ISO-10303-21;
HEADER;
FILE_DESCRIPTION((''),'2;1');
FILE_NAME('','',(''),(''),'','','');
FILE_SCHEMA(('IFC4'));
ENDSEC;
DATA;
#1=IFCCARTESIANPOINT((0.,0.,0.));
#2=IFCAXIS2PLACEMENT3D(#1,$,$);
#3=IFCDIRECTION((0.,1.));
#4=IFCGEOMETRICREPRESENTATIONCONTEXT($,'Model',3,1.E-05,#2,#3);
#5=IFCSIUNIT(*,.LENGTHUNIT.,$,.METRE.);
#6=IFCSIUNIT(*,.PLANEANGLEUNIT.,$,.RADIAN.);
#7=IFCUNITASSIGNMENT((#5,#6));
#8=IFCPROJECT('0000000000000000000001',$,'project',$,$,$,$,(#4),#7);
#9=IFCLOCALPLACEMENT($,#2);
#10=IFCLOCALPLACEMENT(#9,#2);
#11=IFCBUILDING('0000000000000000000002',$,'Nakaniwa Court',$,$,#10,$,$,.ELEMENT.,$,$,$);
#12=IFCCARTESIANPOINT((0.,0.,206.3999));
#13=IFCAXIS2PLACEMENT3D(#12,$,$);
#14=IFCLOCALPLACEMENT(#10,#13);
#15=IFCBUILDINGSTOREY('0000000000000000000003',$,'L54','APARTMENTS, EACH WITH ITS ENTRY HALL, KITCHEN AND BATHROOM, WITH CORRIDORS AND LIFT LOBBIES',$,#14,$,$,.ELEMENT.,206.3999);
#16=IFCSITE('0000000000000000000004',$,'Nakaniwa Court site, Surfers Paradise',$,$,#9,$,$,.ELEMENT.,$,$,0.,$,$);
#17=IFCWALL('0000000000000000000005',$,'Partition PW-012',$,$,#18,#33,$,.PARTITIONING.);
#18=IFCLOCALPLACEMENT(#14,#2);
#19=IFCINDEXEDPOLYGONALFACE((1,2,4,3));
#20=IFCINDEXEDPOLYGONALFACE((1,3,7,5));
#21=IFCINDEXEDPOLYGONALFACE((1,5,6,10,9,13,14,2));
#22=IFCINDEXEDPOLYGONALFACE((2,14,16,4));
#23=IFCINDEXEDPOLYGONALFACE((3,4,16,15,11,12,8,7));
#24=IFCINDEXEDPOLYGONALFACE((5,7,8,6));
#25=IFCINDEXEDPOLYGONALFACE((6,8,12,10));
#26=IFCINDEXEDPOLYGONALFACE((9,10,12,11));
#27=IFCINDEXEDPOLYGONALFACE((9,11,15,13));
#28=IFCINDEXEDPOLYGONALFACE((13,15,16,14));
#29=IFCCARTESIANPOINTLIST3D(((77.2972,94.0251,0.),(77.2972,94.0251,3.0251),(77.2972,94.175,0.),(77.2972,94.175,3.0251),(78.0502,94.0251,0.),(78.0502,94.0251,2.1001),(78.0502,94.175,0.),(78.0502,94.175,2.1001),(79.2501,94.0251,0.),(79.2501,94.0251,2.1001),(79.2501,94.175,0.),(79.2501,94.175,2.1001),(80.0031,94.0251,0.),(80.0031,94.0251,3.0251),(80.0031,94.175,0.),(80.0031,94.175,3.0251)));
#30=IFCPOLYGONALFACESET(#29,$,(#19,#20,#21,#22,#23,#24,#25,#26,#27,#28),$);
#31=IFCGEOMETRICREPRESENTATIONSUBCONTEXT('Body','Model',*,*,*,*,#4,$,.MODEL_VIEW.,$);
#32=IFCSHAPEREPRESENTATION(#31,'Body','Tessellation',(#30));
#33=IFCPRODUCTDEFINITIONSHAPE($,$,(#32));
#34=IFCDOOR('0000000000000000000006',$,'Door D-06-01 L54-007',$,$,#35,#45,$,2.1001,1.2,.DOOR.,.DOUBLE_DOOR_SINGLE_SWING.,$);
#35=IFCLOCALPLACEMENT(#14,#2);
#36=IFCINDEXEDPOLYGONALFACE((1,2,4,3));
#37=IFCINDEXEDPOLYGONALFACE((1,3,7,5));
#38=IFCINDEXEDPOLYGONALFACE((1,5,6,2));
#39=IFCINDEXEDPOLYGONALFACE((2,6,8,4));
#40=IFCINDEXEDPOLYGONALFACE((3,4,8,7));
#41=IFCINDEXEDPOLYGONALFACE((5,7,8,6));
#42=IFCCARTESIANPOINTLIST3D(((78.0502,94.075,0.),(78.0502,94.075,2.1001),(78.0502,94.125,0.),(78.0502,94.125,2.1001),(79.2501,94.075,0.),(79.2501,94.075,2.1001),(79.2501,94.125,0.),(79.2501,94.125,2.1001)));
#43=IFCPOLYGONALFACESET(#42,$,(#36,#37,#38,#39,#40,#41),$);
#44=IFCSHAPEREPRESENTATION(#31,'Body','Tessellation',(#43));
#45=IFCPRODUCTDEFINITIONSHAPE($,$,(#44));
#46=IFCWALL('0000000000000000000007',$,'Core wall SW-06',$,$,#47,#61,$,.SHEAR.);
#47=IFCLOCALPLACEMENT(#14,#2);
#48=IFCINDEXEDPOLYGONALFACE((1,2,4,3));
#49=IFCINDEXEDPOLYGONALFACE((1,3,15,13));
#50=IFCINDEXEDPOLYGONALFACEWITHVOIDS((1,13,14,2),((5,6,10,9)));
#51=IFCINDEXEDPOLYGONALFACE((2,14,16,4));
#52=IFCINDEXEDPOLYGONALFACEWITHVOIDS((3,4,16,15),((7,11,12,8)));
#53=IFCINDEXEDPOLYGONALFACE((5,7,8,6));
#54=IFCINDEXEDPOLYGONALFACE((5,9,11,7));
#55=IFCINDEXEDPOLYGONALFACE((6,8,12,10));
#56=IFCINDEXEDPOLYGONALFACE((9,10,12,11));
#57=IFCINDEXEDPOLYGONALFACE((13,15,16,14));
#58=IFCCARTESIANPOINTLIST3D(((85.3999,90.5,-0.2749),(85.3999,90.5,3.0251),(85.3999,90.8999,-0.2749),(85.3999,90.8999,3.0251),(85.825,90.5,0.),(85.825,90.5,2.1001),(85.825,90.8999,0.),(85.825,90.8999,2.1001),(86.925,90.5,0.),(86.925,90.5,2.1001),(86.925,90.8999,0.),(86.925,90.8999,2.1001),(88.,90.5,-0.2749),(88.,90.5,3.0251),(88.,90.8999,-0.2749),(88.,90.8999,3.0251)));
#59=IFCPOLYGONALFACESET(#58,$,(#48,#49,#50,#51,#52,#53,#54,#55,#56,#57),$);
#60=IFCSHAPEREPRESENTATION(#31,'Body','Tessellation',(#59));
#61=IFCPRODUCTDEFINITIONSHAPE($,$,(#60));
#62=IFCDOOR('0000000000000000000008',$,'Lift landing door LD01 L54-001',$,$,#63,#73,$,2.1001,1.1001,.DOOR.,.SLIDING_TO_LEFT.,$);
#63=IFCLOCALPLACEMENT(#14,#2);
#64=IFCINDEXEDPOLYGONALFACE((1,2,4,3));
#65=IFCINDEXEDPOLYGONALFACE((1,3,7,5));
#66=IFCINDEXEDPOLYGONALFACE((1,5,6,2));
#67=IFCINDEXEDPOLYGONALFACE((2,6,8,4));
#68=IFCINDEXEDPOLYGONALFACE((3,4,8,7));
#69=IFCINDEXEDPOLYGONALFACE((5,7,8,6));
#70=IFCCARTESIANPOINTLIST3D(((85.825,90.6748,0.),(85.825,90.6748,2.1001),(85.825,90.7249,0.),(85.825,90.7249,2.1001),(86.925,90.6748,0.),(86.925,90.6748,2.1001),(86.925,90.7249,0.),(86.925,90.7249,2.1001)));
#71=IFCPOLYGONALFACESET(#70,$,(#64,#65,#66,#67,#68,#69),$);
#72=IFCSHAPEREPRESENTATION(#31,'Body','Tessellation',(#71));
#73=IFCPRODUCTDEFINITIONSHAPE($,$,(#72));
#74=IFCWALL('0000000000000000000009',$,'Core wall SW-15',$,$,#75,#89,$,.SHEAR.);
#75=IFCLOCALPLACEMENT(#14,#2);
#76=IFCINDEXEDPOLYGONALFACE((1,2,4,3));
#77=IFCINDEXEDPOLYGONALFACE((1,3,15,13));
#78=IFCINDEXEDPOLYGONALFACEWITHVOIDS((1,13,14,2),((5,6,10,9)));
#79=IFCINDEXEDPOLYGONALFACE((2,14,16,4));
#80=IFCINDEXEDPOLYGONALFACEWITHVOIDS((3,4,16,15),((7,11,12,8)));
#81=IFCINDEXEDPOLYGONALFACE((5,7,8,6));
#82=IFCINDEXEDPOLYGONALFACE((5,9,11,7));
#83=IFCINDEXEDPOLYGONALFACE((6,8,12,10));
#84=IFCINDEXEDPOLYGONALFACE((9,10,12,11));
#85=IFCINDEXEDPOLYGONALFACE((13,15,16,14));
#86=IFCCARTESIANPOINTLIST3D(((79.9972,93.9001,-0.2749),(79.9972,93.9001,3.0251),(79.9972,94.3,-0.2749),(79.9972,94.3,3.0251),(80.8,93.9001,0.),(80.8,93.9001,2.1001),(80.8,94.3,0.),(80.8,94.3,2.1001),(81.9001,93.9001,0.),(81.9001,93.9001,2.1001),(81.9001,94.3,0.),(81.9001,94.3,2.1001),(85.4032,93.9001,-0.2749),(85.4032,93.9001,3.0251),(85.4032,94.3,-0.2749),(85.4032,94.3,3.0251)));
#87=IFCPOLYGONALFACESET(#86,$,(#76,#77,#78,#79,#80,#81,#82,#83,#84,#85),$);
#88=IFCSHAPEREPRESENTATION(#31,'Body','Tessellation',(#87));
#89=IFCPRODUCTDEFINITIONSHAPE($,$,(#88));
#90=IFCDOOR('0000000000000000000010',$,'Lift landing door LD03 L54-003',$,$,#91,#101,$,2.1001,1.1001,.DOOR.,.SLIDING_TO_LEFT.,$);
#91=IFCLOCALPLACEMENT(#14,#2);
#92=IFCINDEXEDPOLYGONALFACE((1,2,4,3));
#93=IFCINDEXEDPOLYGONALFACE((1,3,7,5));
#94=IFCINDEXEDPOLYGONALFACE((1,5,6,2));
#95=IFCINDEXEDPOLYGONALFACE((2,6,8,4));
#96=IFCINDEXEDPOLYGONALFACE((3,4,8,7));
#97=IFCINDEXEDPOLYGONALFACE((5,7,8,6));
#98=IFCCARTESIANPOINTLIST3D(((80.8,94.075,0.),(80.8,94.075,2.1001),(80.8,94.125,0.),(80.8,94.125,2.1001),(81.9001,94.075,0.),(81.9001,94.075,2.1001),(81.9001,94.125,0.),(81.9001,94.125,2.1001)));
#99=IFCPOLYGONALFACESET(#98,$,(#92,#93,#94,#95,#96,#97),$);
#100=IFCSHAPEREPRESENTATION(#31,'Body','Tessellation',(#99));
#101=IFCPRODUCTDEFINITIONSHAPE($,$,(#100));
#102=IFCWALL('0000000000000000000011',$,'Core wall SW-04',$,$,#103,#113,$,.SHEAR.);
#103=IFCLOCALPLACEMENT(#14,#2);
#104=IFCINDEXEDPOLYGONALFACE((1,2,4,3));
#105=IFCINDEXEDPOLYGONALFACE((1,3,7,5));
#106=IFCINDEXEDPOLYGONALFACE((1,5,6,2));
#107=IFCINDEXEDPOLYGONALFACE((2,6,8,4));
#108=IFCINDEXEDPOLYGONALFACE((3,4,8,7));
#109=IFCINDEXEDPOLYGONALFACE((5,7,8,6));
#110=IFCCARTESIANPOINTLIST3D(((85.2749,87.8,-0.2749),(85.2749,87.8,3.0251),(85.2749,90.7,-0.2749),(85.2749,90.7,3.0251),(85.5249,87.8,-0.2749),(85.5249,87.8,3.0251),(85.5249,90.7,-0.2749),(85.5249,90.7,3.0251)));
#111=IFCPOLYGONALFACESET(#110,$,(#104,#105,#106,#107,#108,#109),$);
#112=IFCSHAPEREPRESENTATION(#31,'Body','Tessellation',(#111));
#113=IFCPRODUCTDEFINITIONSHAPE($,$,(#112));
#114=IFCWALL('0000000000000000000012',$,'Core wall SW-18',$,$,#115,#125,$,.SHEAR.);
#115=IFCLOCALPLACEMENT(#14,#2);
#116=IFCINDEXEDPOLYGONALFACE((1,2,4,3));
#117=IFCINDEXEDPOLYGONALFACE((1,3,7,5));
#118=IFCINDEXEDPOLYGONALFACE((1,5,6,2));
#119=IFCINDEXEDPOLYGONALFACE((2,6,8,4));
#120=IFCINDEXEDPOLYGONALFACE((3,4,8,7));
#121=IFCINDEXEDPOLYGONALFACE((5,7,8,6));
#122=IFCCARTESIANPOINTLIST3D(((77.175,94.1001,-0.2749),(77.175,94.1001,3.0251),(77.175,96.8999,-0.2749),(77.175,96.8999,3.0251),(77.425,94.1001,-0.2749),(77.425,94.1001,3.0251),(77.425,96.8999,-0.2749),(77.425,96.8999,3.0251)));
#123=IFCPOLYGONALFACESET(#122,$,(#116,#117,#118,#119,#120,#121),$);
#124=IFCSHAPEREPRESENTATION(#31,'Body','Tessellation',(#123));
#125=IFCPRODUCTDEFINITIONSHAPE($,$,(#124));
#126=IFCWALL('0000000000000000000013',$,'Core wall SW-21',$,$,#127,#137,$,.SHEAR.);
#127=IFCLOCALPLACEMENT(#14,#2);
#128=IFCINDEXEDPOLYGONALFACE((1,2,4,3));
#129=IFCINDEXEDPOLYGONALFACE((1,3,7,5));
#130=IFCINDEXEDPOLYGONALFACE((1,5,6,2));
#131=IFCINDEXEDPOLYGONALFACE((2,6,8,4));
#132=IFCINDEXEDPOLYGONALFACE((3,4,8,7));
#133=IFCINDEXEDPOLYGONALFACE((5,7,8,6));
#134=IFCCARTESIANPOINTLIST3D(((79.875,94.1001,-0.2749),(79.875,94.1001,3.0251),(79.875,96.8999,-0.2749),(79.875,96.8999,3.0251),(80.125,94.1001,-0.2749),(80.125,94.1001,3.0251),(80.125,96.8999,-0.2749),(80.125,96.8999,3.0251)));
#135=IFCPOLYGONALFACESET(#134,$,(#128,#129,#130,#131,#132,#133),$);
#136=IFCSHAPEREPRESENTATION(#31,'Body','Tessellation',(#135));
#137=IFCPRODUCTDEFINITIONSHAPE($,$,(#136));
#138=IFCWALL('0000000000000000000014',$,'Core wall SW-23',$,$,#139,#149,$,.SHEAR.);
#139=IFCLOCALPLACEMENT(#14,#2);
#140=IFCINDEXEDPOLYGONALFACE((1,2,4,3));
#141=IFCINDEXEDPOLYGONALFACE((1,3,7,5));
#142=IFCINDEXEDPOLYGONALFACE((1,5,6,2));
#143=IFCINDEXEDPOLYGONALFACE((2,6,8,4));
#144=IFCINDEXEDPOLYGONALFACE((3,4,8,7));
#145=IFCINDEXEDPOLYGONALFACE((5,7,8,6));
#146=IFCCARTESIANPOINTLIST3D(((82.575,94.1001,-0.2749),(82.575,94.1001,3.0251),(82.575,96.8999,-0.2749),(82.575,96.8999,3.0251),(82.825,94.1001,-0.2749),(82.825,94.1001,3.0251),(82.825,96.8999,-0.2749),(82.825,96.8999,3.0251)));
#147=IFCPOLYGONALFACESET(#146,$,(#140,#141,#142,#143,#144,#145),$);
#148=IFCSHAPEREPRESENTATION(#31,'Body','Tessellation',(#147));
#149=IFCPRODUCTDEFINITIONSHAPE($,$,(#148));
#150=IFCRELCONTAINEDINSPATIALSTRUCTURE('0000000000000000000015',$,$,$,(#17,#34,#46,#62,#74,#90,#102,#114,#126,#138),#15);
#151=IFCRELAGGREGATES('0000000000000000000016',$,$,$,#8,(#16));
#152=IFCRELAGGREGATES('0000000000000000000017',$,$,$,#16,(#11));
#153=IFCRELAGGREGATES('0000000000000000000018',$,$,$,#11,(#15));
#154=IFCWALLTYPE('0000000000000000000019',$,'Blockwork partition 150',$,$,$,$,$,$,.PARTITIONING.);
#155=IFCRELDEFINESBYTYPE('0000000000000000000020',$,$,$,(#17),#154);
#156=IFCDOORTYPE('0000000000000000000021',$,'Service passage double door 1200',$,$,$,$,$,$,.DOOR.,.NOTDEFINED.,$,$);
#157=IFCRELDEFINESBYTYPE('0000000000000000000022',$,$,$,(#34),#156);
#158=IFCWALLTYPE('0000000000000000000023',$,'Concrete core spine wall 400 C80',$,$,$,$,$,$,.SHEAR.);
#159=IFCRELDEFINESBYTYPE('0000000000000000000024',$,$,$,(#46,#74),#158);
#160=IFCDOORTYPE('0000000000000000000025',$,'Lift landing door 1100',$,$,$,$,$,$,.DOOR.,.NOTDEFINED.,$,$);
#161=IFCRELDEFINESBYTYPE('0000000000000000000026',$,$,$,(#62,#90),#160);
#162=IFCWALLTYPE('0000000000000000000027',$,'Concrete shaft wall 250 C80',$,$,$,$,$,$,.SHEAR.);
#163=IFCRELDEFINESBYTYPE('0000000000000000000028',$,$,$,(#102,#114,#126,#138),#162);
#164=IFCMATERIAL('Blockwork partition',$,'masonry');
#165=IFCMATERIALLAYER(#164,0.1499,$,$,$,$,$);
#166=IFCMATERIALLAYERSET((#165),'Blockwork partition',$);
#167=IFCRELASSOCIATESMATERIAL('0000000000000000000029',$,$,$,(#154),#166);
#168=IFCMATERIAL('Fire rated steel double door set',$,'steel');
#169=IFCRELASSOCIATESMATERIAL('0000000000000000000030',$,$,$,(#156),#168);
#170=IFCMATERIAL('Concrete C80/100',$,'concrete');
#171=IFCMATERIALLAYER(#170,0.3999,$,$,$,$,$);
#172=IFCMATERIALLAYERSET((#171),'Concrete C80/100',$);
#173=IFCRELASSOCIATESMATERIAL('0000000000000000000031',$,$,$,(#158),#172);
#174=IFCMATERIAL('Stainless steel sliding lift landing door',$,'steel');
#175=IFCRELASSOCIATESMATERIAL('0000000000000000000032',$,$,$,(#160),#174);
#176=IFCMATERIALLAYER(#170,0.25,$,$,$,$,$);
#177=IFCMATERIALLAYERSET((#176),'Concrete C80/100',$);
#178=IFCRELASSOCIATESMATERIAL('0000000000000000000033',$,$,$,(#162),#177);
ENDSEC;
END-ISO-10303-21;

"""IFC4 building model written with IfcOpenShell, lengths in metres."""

from ifc_helpers import new_model, si_unit, direction, frame, frame_2d, origin, place, context, subcontext, project, spatial, rectangle, extrude, material, layer, layer_set, type_object, element, fill, save


model = new_model("IFC4")

# Units and contexts
model_context = context("Model", 3, precision=1e-05, world=origin(), true_north=direction((0.0, 1.0)))
body_context = subcontext(model_context, "Body", "Model", "MODEL_VIEW")
ifc_project = project(units=[si_unit("LENGTHUNIT", "METRE"), si_unit("PLANEANGLEUNIT", "RADIAN")], contexts=[model_context])

# Site, building, storey
site_placement = place(None, origin())
site = spatial("IfcSite", under=ifc_project, at=site_placement, Name="Nakaniwa Court site, Surfers Paradise", CompositionType="ELEMENT", RefElevation=0.0)
building_placement = place(site_placement, origin())
building = spatial("IfcBuilding", under=site, at=building_placement, Name="Nakaniwa Court", CompositionType="ELEMENT")
storey_placement = place(building_placement, frame((0.0, 0.0, 206.3999)))
storey = spatial("IfcBuildingStorey", under=building, at=storey_placement, Name="L54", Description="APARTMENTS, EACH WITH ITS ENTRY HALL, KITCHEN AND BATHROOM, WITH CORRIDORS AND LIFT LOBBIES", CompositionType="ELEMENT", Elevation=206.3999)

# Shared definitions
ifc_material_1 = material(Name="Blockwork partition", Category="masonry")
ifc_layer_1 = layer(ifc_material_1, 0.1499)
ifc_layer_set_1 = layer_set([ifc_layer_1], Name="Blockwork partition")
wall_type_1 = type_object("IfcWallType", Name="Blockwork partition 150", PredefinedType="PARTITIONING", material=ifc_layer_set_1)

# Walls, openings, doors
wall_1_placement = place(storey_placement, frame((77.2971, 94.1001, 0.0), z_axis=(0.0, 0.0, 1.0), x_axis=(1.0, 0.0, 0.0)))
wall_1 = element("IfcWall", 1, at=wall_1_placement, inside=storey, type_object=wall_type_1, Name="Partition PW-012", PredefinedType="PARTITIONING", context=body_context, shape_type="SweptSolid", body=[
    extrude(rectangle(XDim=2.7058, YDim=0.1499, at=frame_2d((1.353, 0.0))), origin(), (0.0, 0.0, 1.0), 3.0251),
])
opening_1_placement = place(wall_1_placement, frame((0.7529, 0.0, 0.0)))
opening_1 = element("IfcOpeningElement", 2, at=opening_1_placement, cuts=wall_1, PredefinedType="OPENING", context=body_context, shape_type="SweptSolid", body=[
    extrude(rectangle(XDim=1.2, YDim=2.1001, at=frame_2d((0.6001, 1.05))), frame((0.0, 0.085, 0.0), z_axis=(0.0, -1.0, 0.0), x_axis=(1.0, 0.0, 0.0)), (0.0, 0.0, 1.0), 0.1699),
])
ifc_material_2 = material(Name="Fire rated steel double door set", Category="steel")
door_type_1 = type_object("IfcDoorType", Name="Service passage double door 1200", OperationType="NOTDEFINED", PredefinedType="DOOR", material=ifc_material_2)
door_1_placement = place(opening_1_placement, origin())
door_1 = element("IfcDoor", 3, at=door_1_placement, inside=storey, type_object=door_type_1, Name="Door D-06-01 L54-007", OperationType="DOUBLE_DOOR_SINGLE_SWING", OverallHeight=2.1001, OverallWidth=1.2, PredefinedType="DOOR", context=body_context, shape_type="SweptSolid", body=[
    extrude(rectangle(XDim=1.2, YDim=2.1001, at=frame_2d((0.6001, 1.05))), frame((0.0, 0.0249, 0.0), z_axis=(0.0, -1.0, 0.0), x_axis=(1.0, 0.0, 0.0)), (0.0, 0.0, 1.0), 0.05),
])
fill(opening_1, door_1)
ifc_material_3 = material(Name="Concrete C80/100", Category="concrete")
ifc_layer_2 = layer(ifc_material_3, 0.3999)
ifc_layer_set_2 = layer_set([ifc_layer_2], Name="Concrete C80/100")
wall_type_2 = type_object("IfcWallType", Name="Concrete core spine wall 400 C80", PredefinedType="SHEAR", material=ifc_layer_set_2)
wall_2_placement = place(storey_placement, frame((85.3999, 90.7, -0.2749), z_axis=(0.0, 0.0, 1.0), x_axis=(1.0, 0.0, 0.0)))
wall_2 = element("IfcWall", 4, at=wall_2_placement, inside=storey, type_object=wall_type_2, Name="Core wall SW-06", PredefinedType="SHEAR", context=body_context, shape_type="SweptSolid", body=[
    extrude(rectangle(XDim=2.6001, YDim=0.3999, at=frame_2d((1.3, 0.0))), origin(), (0.0, 0.0, 1.0), 3.3),
])
opening_2_placement = place(wall_2_placement, frame((0.425, 0.0, 0.2749)))
opening_2 = element("IfcOpeningElement", 5, at=opening_2_placement, cuts=wall_2, PredefinedType="OPENING", context=body_context, shape_type="SweptSolid", body=[
    extrude(rectangle(XDim=1.1001, YDim=2.1001, at=frame_2d((0.55, 1.05))), frame((0.0, 0.21, 0.0), z_axis=(0.0, -1.0, 0.0), x_axis=(1.0, 0.0, 0.0)), (0.0, 0.0, 1.0), 0.4199),
])
ifc_material_4 = material(Name="Stainless steel sliding lift landing door", Category="steel")
door_type_2 = type_object("IfcDoorType", Name="Lift landing door 1100", OperationType="NOTDEFINED", PredefinedType="DOOR", material=ifc_material_4)
door_2_placement = place(opening_2_placement, origin())
door_2 = element("IfcDoor", 6, at=door_2_placement, inside=storey, type_object=door_type_2, Name="Lift landing door LD01 L54-001", OperationType="SLIDING_TO_LEFT", OverallHeight=2.1001, OverallWidth=1.1001, PredefinedType="DOOR", context=body_context, shape_type="SweptSolid", body=[
    extrude(rectangle(XDim=1.1001, YDim=2.1001, at=frame_2d((0.55, 1.05))), frame((0.0, 0.0249, 0.0), z_axis=(0.0, -1.0, 0.0), x_axis=(1.0, 0.0, 0.0)), (0.0, 0.0, 1.0), 0.05),
])
fill(opening_2, door_2)
wall_3_placement = place(storey_placement, frame((79.9971, 94.1001, -0.2749), z_axis=(0.0, 0.0, 1.0), x_axis=(1.0, 0.0, 0.0)))
wall_3 = element("IfcWall", 7, at=wall_3_placement, inside=storey, type_object=wall_type_2, Name="Core wall SW-15", PredefinedType="SHEAR", context=body_context, shape_type="SweptSolid", body=[
    extrude(rectangle(XDim=5.406, YDim=0.3999, at=frame_2d((2.7031, 0.0))), origin(), (0.0, 0.0, 1.0), 3.3),
])
opening_3_placement = place(wall_3_placement, frame((0.803, 0.0, 0.2749)))
opening_3 = element("IfcOpeningElement", 8, at=opening_3_placement, cuts=wall_3, PredefinedType="OPENING", context=body_context, shape_type="SweptSolid", body=[
    extrude(rectangle(XDim=1.1001, YDim=2.1001, at=frame_2d((0.55, 1.05))), frame((0.0, 0.21, 0.0), z_axis=(0.0, -1.0, 0.0), x_axis=(1.0, 0.0, 0.0)), (0.0, 0.0, 1.0), 0.4199),
])
door_3_placement = place(opening_3_placement, origin())
door_3 = element("IfcDoor", 9, at=door_3_placement, inside=storey, type_object=door_type_2, Name="Lift landing door LD03 L54-003", OperationType="SLIDING_TO_LEFT", OverallHeight=2.1001, OverallWidth=1.1001, PredefinedType="DOOR", context=body_context, shape_type="SweptSolid", body=[
    extrude(rectangle(XDim=1.1001, YDim=2.1001, at=frame_2d((0.55, 1.05))), frame((0.0, 0.0249, 0.0), z_axis=(0.0, -1.0, 0.0), x_axis=(1.0, 0.0, 0.0)), (0.0, 0.0, 1.0), 0.05),
])
fill(opening_3, door_3)

# Walls
ifc_layer_3 = layer(ifc_material_3, 0.25)
ifc_layer_set_3 = layer_set([ifc_layer_3], Name="Concrete C80/100")
wall_type_3 = type_object("IfcWallType", Name="Concrete shaft wall 250 C80", PredefinedType="SHEAR", material=ifc_layer_set_3)
wall_4_placement = place(storey_placement, frame((85.3999, 87.8, -0.2749), z_axis=(0.0, 0.0, 1.0), x_axis=(0.0, 1.0, 0.0)))
element("IfcWall", 10, at=wall_4_placement, inside=storey, type_object=wall_type_3, Name="Core wall SW-04", PredefinedType="SHEAR", context=body_context, shape_type="SweptSolid", body=[
    extrude(rectangle(XDim=2.8999, YDim=0.25, at=frame_2d((1.45, 0.0))), origin(), (0.0, 0.0, 1.0), 3.3),
])
for number, where, z_axis, x_axis, name in (
    (11, (77.3, 94.1001, -0.2749), (0.0, 0.0, 1.0), (0.0, 1.0, 0.0), "Core wall SW-18"),
    (12, (80.0, 94.1001, -0.2749), (0.0, 0.0, 1.0), (0.0, 1.0, 0.0), "Core wall SW-21"),
    (13, (82.7, 94.1001, -0.2749), (0.0, 0.0, 1.0), (0.0, 1.0, 0.0), "Core wall SW-23"),
):
    element("IfcWall", number, at=place(storey_placement, frame(where, z_axis=z_axis, x_axis=x_axis)), inside=storey, type_object=wall_type_3, Name=name, PredefinedType="SHEAR", context=body_context, shape_type="SweptSolid", body=[
        extrude(rectangle(XDim=2.7998, YDim=0.25, at=frame_2d((1.3999, 0.0))), origin(), (0.0, 0.0, 1.0), 3.3),
    ])

save(model, "model.ifc")
